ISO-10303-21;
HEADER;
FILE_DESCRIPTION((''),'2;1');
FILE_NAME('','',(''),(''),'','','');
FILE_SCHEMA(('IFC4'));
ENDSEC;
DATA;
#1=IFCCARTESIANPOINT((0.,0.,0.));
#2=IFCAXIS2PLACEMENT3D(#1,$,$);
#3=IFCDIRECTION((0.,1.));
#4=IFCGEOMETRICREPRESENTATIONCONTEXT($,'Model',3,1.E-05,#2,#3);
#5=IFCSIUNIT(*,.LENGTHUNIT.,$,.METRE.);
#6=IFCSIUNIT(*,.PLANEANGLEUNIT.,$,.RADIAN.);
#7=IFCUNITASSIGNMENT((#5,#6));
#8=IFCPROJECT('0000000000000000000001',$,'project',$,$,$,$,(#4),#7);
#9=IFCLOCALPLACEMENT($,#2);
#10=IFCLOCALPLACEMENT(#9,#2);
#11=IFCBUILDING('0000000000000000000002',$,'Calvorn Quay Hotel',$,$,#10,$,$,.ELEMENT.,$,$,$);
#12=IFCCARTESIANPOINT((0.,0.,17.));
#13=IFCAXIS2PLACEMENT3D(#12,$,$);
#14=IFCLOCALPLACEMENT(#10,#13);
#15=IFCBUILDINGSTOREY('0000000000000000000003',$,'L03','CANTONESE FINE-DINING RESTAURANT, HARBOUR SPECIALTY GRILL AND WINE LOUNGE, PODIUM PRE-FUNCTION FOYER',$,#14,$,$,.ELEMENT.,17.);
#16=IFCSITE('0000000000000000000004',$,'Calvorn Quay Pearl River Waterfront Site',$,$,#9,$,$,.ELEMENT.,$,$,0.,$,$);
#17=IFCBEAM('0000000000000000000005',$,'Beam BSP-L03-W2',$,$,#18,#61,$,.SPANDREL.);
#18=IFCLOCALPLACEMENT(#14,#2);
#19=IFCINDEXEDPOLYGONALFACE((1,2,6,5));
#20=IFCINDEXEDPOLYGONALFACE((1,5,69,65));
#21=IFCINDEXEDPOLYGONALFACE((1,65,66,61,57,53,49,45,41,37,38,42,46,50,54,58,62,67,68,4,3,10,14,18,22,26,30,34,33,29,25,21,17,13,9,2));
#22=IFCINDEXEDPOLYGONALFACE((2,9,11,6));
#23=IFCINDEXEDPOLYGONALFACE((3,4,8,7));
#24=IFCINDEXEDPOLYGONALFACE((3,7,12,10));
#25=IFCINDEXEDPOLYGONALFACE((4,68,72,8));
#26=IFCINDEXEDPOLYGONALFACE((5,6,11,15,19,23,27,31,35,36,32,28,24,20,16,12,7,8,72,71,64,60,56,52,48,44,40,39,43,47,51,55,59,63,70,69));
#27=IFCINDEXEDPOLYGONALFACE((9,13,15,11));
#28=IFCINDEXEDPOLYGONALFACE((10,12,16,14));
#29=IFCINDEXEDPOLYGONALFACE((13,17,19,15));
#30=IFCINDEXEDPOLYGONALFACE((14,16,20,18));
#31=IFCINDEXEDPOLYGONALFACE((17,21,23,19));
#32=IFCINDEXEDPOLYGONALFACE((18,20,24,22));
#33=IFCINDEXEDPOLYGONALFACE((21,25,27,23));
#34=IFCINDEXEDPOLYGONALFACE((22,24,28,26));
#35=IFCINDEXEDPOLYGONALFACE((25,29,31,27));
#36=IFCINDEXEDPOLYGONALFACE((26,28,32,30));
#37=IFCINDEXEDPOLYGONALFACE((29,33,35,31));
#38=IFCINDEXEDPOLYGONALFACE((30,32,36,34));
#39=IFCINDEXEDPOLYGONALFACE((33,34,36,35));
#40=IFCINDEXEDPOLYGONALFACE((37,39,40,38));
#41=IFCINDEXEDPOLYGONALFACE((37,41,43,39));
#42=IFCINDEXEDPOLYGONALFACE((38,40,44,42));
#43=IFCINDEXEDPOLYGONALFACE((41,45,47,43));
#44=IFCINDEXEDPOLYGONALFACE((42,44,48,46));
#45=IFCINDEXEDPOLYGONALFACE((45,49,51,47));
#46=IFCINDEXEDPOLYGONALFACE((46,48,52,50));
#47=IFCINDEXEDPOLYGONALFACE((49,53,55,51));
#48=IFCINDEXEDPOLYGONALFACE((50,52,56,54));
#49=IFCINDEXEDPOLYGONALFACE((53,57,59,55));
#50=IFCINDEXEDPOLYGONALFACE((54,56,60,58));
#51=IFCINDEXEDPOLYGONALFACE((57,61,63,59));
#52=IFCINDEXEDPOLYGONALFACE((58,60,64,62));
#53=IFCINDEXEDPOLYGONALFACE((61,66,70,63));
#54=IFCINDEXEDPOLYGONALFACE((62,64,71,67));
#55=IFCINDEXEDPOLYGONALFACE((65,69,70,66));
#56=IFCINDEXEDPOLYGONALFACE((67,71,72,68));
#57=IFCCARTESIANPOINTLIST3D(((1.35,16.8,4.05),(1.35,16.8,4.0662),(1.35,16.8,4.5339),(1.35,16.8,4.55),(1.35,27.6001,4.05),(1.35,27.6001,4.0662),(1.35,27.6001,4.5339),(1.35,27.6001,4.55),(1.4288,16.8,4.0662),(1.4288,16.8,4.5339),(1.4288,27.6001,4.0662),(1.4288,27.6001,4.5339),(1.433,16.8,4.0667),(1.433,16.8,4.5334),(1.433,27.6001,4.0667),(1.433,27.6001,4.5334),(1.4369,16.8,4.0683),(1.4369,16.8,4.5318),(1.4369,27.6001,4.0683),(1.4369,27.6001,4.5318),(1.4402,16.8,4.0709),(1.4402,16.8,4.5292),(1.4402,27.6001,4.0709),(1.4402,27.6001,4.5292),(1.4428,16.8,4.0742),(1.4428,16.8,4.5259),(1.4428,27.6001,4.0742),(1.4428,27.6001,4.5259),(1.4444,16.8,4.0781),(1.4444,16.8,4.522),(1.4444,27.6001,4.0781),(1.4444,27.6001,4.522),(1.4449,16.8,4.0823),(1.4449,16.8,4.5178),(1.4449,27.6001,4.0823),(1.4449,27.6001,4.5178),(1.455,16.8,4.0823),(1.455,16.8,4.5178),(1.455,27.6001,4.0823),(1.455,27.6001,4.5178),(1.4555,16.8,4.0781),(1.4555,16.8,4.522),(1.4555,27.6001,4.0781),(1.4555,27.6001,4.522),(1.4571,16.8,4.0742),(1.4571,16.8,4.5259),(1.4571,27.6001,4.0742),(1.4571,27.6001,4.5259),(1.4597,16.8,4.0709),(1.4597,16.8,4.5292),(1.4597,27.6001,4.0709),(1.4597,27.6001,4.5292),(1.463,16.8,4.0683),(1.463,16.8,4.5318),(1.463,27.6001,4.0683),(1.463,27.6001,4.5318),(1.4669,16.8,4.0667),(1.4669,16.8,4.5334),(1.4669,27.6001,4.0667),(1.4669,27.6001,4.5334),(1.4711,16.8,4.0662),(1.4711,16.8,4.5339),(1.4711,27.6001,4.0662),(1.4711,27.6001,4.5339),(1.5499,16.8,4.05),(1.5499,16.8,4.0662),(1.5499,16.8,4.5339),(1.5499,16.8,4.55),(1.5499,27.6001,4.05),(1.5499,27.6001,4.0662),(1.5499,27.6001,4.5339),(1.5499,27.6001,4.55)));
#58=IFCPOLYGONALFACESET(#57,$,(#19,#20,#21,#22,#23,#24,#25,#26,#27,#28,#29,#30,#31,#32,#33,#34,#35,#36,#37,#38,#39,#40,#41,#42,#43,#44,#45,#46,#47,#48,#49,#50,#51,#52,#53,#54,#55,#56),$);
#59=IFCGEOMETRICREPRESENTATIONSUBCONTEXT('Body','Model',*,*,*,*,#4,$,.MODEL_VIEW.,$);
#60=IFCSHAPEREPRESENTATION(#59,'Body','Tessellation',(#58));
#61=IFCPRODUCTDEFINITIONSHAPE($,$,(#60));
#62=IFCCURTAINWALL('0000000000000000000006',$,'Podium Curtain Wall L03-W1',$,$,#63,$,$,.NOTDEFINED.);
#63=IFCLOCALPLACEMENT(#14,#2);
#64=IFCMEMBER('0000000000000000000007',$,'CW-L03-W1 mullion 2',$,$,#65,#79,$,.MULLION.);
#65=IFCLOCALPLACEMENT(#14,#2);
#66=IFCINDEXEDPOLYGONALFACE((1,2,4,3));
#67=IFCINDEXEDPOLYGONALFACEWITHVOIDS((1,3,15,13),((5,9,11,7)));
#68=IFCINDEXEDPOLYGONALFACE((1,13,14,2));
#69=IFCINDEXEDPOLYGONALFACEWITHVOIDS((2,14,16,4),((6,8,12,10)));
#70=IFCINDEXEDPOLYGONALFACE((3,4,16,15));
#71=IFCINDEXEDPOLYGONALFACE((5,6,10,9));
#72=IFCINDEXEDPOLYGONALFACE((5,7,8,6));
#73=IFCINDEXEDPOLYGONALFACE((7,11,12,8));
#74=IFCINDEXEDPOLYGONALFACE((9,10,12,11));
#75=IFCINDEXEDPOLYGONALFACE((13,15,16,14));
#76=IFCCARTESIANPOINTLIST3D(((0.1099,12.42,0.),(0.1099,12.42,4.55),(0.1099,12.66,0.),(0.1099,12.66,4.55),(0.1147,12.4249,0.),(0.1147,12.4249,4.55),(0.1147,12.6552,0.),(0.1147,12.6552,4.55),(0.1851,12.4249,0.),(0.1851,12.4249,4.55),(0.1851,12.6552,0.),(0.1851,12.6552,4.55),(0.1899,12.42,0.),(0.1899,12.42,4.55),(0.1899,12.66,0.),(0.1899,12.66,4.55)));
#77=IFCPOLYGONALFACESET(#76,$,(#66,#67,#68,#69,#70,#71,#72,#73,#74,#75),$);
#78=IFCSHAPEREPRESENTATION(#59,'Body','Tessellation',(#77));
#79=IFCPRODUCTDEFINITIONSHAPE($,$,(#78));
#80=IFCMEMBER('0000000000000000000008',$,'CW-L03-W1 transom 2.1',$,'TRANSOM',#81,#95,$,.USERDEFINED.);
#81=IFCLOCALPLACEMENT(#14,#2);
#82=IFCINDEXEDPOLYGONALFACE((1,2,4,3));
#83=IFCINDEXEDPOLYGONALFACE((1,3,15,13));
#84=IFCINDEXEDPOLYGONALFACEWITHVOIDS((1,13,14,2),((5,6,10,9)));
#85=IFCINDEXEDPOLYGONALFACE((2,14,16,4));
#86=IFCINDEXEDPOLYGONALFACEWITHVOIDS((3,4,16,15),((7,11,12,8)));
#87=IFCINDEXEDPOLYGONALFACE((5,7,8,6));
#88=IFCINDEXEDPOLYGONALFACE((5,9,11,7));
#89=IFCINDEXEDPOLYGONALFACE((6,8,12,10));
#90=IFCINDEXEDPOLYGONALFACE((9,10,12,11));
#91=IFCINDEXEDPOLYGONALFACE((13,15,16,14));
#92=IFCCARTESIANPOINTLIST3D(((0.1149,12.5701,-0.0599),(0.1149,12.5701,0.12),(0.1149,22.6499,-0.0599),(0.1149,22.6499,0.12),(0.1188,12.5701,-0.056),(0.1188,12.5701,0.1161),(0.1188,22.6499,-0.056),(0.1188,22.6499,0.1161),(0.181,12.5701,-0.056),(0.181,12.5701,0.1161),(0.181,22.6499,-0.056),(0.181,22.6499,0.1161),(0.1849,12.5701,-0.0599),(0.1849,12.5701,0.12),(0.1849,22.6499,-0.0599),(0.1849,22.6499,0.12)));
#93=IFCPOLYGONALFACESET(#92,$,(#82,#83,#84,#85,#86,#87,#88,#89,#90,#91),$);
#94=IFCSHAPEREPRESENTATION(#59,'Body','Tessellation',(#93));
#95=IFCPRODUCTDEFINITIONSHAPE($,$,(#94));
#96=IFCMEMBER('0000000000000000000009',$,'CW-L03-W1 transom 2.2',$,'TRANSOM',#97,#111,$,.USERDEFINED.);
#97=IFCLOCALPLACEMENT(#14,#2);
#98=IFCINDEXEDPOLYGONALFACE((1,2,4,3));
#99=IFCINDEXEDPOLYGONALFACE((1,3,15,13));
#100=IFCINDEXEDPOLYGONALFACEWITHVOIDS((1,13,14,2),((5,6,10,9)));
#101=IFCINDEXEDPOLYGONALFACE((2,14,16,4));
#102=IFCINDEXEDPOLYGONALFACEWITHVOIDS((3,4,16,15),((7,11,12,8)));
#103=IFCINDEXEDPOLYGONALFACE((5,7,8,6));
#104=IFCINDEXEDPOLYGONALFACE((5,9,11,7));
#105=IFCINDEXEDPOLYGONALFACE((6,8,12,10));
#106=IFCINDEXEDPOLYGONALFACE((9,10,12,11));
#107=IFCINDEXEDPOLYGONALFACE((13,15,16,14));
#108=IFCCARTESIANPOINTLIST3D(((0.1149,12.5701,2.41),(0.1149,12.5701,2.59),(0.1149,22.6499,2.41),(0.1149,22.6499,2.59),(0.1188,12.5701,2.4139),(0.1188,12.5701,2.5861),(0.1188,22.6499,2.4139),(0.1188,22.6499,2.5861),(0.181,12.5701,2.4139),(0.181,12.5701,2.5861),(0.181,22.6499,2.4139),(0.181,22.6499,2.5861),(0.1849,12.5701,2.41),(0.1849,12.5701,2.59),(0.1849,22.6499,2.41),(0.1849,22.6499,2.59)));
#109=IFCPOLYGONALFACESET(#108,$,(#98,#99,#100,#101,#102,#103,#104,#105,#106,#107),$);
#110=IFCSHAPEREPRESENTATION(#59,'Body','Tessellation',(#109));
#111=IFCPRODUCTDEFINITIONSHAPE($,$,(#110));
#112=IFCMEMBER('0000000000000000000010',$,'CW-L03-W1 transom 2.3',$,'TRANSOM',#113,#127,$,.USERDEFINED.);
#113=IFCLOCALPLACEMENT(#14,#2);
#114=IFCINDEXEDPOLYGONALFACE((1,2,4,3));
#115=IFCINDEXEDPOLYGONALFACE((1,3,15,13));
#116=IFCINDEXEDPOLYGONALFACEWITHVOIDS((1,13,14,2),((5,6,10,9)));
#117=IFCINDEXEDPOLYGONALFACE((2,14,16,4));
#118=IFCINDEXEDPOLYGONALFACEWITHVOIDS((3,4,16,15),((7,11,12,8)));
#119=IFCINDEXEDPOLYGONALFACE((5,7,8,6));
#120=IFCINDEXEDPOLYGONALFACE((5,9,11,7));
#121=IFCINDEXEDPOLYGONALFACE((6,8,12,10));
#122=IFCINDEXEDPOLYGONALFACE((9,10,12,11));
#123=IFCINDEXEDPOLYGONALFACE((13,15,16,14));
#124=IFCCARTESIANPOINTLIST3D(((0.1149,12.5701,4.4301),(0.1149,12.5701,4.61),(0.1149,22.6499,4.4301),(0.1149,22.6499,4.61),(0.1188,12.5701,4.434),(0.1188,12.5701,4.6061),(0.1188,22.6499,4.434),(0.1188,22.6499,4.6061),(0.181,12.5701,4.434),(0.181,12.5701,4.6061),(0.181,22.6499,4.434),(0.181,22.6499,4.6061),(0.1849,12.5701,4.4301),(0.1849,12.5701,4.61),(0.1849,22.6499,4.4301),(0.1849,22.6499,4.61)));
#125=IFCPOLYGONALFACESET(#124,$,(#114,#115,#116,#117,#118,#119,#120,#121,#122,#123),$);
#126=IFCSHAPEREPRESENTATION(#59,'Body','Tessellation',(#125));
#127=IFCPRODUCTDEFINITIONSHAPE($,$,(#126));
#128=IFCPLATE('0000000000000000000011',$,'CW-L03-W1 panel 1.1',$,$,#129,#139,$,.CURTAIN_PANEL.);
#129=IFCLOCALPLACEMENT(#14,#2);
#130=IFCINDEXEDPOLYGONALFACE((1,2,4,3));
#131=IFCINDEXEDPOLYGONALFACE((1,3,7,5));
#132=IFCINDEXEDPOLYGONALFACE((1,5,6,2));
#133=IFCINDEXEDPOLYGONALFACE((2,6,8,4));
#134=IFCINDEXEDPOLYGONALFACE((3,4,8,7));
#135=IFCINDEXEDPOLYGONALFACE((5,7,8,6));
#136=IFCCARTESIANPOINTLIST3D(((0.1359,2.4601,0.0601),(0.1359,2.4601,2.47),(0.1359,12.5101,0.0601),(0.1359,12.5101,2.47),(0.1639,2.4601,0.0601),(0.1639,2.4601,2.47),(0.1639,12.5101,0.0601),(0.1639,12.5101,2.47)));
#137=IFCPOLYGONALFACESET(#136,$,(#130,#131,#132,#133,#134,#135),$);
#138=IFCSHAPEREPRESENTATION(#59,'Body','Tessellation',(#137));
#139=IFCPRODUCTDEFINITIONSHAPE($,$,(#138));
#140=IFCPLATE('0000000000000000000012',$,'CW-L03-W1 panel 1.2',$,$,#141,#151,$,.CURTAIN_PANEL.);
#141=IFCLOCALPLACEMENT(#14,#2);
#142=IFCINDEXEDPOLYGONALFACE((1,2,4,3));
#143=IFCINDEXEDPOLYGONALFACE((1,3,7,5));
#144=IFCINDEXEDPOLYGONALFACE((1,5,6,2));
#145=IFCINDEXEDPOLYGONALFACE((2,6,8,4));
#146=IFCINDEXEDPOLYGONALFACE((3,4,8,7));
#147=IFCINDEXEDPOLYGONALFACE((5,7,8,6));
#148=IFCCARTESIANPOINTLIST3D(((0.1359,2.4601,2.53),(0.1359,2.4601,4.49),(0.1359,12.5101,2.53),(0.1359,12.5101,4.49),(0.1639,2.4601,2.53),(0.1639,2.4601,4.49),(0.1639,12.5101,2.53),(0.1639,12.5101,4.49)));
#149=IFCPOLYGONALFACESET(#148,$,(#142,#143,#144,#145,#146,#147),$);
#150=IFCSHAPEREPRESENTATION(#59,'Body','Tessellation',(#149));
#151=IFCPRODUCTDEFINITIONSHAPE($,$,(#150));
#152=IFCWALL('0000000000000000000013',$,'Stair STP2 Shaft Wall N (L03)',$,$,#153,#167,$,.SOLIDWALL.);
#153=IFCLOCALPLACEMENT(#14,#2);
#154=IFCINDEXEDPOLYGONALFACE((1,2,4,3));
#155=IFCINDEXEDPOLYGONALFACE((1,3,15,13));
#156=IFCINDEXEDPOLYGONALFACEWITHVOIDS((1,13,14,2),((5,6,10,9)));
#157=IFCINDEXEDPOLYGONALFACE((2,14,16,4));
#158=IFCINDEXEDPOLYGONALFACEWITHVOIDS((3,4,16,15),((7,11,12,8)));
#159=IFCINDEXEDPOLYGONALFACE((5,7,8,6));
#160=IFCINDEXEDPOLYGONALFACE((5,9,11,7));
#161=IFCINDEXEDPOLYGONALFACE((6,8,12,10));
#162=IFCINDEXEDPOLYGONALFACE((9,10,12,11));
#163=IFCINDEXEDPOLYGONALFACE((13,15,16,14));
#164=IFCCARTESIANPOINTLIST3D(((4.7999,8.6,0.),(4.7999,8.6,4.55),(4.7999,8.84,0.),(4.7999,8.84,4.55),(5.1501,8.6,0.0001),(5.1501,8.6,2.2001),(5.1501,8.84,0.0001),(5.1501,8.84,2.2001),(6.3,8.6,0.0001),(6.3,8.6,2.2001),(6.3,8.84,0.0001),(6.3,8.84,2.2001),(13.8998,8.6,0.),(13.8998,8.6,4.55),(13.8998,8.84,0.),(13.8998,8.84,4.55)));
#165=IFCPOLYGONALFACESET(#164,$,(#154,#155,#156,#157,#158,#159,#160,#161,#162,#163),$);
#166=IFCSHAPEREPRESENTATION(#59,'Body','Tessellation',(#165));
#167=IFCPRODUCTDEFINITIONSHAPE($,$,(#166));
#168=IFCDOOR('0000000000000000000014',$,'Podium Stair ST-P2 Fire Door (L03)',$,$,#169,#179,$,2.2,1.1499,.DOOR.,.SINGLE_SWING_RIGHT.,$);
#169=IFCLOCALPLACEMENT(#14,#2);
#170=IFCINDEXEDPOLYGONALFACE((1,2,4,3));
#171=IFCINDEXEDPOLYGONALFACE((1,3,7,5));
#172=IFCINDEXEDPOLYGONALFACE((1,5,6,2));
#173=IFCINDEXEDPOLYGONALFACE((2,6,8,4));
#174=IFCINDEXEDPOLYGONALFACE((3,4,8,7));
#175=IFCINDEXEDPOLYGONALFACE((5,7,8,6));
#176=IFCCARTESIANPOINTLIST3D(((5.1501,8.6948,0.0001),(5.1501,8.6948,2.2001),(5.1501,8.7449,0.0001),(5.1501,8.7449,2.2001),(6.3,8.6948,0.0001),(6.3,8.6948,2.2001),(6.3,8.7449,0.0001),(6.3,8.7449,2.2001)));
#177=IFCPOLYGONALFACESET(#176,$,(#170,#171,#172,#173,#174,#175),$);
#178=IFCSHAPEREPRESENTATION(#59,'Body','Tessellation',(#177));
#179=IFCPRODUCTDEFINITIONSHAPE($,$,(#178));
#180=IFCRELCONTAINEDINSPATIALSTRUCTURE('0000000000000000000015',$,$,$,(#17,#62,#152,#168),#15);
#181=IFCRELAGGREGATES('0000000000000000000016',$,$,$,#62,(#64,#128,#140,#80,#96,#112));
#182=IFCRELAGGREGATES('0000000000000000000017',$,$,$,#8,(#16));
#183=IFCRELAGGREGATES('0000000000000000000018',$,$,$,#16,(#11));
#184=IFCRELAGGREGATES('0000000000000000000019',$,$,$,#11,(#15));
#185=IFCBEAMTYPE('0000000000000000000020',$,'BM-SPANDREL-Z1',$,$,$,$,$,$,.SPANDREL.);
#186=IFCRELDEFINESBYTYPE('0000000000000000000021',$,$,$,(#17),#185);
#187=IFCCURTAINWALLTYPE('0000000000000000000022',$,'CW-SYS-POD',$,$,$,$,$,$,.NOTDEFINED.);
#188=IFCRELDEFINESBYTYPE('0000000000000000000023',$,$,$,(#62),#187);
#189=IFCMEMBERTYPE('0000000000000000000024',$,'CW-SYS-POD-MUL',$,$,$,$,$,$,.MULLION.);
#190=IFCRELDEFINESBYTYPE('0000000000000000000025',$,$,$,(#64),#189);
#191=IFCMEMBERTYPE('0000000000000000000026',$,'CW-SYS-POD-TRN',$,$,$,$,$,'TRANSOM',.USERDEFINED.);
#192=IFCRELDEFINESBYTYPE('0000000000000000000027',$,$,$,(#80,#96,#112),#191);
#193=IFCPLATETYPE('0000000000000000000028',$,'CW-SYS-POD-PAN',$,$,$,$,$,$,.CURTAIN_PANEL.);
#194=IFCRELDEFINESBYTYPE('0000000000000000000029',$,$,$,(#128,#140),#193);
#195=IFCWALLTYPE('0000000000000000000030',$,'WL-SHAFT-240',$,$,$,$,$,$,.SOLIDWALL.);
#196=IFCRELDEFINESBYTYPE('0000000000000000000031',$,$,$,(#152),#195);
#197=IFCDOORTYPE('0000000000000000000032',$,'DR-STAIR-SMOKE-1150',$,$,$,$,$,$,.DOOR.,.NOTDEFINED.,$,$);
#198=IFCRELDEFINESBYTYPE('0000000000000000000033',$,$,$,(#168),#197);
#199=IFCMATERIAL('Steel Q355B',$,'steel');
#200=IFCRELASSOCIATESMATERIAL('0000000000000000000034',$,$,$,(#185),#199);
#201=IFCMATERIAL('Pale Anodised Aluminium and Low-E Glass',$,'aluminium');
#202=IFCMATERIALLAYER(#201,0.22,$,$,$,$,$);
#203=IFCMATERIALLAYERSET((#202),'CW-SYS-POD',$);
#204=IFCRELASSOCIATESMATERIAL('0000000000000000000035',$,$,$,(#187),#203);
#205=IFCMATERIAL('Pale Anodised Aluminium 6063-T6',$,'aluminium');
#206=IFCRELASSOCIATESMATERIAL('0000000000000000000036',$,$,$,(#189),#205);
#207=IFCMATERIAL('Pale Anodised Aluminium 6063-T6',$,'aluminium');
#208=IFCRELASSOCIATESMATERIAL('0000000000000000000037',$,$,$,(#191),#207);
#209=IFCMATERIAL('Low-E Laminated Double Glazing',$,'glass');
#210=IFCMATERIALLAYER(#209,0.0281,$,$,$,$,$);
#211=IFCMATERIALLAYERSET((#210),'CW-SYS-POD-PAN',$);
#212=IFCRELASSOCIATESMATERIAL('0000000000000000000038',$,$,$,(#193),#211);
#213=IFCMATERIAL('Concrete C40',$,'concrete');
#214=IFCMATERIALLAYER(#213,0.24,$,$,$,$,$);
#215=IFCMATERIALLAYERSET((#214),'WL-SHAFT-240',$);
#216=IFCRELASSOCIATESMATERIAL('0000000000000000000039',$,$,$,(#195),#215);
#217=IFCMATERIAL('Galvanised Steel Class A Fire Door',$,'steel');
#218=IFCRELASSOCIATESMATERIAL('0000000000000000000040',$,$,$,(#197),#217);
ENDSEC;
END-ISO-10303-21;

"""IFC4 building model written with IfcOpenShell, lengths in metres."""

from ifc_helpers import new_model, si_unit, direction, frame, frame_2d, origin, origin_2d, place, context, subcontext, project, spatial, rectangle, hollow_rectangle, i_section, extrude, material, layer, layer_set, material_profile, profile_set, type_object, element, fill, aggregate, save


model = new_model("IFC4")

# Units and contexts
model_context = context("Model", 3, precision=1e-05, world=origin(), true_north=direction((0.0, 1.0)))
body_context = subcontext(model_context, "Body", "Model", "MODEL_VIEW")
ifc_project = project(units=[si_unit("LENGTHUNIT", "METRE"), si_unit("PLANEANGLEUNIT", "RADIAN")], contexts=[model_context])

# Site, building, storey
site_placement = place(None, origin())
site = spatial("IfcSite", under=ifc_project, at=site_placement, Name="Calvorn Quay Pearl River Waterfront Site", CompositionType="ELEMENT", RefElevation=0.0)
building_placement = place(site_placement, origin())
building = spatial("IfcBuilding", under=site, at=building_placement, Name="Calvorn Quay Hotel", CompositionType="ELEMENT")
storey_placement = place(building_placement, frame((0.0, 0.0, 17.0)))
storey = spatial("IfcBuildingStorey", under=building, at=storey_placement, Name="L03", Description="CANTONESE FINE-DINING RESTAURANT, HARBOUR SPECIALTY GRILL AND WINE LOUNGE, PODIUM PRE-FUNCTION FOYER", CompositionType="ELEMENT", Elevation=17.0)

# Beam
ifc_material_1 = material(Name="Steel Q355B", Category="steel")
ifc_material_profile_1 = material_profile(ifc_material_1, i_section(OverallWidth=0.2, OverallDepth=0.5, WebThickness=0.01, FlangeThickness=0.0161, FilletRadius=0.0161, at=origin_2d()), Name="HN500x200x10x16")
ifc_profile_set_1 = profile_set([ifc_material_profile_1], Name="Steel Q355B")
beam_type_1 = type_object("IfcBeamType", Name="BM-SPANDREL-Z1", PredefinedType="SPANDREL", material=ifc_profile_set_1)
beam_1_placement = place(storey_placement, frame((1.45, 16.8, 4.3), z_axis=(0.0, 1.0, 0.0), x_axis=(-1.0, 0.0, 0.0)))
element("IfcBeam", 1, at=beam_1_placement, inside=storey, type_object=beam_type_1, Name="Beam BSP-L03-W2", PredefinedType="SPANDREL", context=body_context, shape_type="SweptSolid", body=[
    extrude(i_section(OverallWidth=0.2, OverallDepth=0.5, WebThickness=0.01, FlangeThickness=0.0161, FilletRadius=0.0161, at=origin_2d()), origin(), (0.0, 0.0, 1.0), 10.8),
])

# Curtain wall, members, plates
ifc_material_2 = material(Name="Pale Anodised Aluminium and Low-E Glass", Category="aluminium")
ifc_layer_1 = layer(ifc_material_2, 0.22)
ifc_layer_set_1 = layer_set([ifc_layer_1], Name="CW-SYS-POD")
curtain_wall_type = type_object("IfcCurtainWallType", Name="CW-SYS-POD", PredefinedType="NOTDEFINED", material=ifc_layer_set_1)
curtain_wall_placement = place(storey_placement, origin())
curtain_wall = element("IfcCurtainWall", 2, at=curtain_wall_placement, inside=storey, type_object=curtain_wall_type, Name="Podium Curtain Wall L03-W1", PredefinedType="NOTDEFINED")
ifc_material_3 = material(Name="Pale Anodised Aluminium 6063-T6", Category="aluminium")
ifc_material_profile_2 = material_profile(ifc_material_3, hollow_rectangle(XDim=0.0801, YDim=0.24, WallThickness=0.0049, at=origin_2d()), Name="ALU-M240x80x5")
ifc_profile_set_2 = profile_set([ifc_material_profile_2], Name="Pale Anodised Aluminium 6063-T6")
member_type_1 = type_object("IfcMemberType", Name="CW-SYS-POD-MUL", PredefinedType="MULLION", material=ifc_profile_set_2)
member_1_placement = place(storey_placement, frame((0.1499, 12.54, 0.0), z_axis=(0.0, 0.0, 1.0), x_axis=(-1.0, 0.0, 0.0)))
member_1 = element("IfcMember", 3, at=member_1_placement, type_object=member_type_1, Name="CW-L03-W1 mullion 2", PredefinedType="MULLION", context=body_context, shape_type="SweptSolid", body=[
    extrude(hollow_rectangle(XDim=0.0801, YDim=0.24, WallThickness=0.0049, at=origin_2d()), origin(), (0.0, 0.0, 1.0), 4.55),
])
ifc_material_4 = material(Name="Pale Anodised Aluminium 6063-T6", Category="aluminium")
ifc_material_profile_3 = material_profile(ifc_material_4, hollow_rectangle(XDim=0.0701, YDim=0.1799, WallThickness=0.0039, at=origin_2d()), Name="ALU-T180x70x4")
ifc_profile_set_3 = profile_set([ifc_material_profile_3], Name="Pale Anodised Aluminium 6063-T6")
member_type_2 = type_object("IfcMemberType", Name="CW-SYS-POD-TRN", ElementType="TRANSOM", PredefinedType="USERDEFINED", material=ifc_profile_set_3)
member_2_placement = place(storey_placement, frame((0.1499, 12.5701, 0.03), z_axis=(0.0, 1.0, 0.0), x_axis=(-1.0, 0.0, 0.0)))
member_2 = element("IfcMember", 4, at=member_2_placement, type_object=member_type_2, Name="CW-L03-W1 transom 2.1", ObjectType="TRANSOM", PredefinedType="USERDEFINED", context=body_context, shape_type="SweptSolid", body=[
    extrude(hollow_rectangle(XDim=0.0701, YDim=0.1799, WallThickness=0.0039, at=origin_2d()), origin(), (0.0, 0.0, 1.0), 10.0798),
])
member_3_placement = place(storey_placement, frame((0.1499, 12.5701, 2.5), z_axis=(0.0, 1.0, 0.0), x_axis=(-1.0, 0.0, 0.0)))
member_3 = element("IfcMember", 5, at=member_3_placement, type_object=member_type_2, Name="CW-L03-W1 transom 2.2", ObjectType="TRANSOM", PredefinedType="USERDEFINED", context=body_context, shape_type="SweptSolid", body=[
    extrude(hollow_rectangle(XDim=0.0701, YDim=0.1799, WallThickness=0.0039, at=origin_2d()), origin(), (0.0, 0.0, 1.0), 10.0798),
])
member_4_placement = place(storey_placement, frame((0.1499, 12.5701, 4.52), z_axis=(0.0, 1.0, 0.0), x_axis=(-1.0, 0.0, 0.0)))
member_4 = element("IfcMember", 6, at=member_4_placement, type_object=member_type_2, Name="CW-L03-W1 transom 2.3", ObjectType="TRANSOM", PredefinedType="USERDEFINED", context=body_context, shape_type="SweptSolid", body=[
    extrude(hollow_rectangle(XDim=0.0701, YDim=0.1799, WallThickness=0.0039, at=origin_2d()), origin(), (0.0, 0.0, 1.0), 10.0798),
])
ifc_material_5 = material(Name="Low-E Laminated Double Glazing", Category="glass")
ifc_layer_2 = layer(ifc_material_5, 0.0281)
ifc_layer_set_2 = layer_set([ifc_layer_2], Name="CW-SYS-POD-PAN")
plate_type = type_object("IfcPlateType", Name="CW-SYS-POD-PAN", PredefinedType="CURTAIN_PANEL", material=ifc_layer_set_2)
plate_1_placement = place(storey_placement, frame((0.1499, 7.4851, 0.0601), z_axis=(0.0, 0.0, 1.0), x_axis=(0.0, 1.0, 0.0)))
plate_1 = element("IfcPlate", 7, at=plate_1_placement, type_object=plate_type, Name="CW-L03-W1 panel 1.1", PredefinedType="CURTAIN_PANEL", context=body_context, shape_type="SweptSolid", body=[
    extrude(rectangle(XDim=10.05, YDim=0.0281, at=origin_2d()), origin(), (0.0, 0.0, 1.0), 2.4099),
])
plate_2_placement = place(storey_placement, frame((0.1499, 7.4851, 2.53), z_axis=(0.0, 0.0, 1.0), x_axis=(0.0, 1.0, 0.0)))
plate_2 = element("IfcPlate", 8, at=plate_2_placement, type_object=plate_type, Name="CW-L03-W1 panel 1.2", PredefinedType="CURTAIN_PANEL", context=body_context, shape_type="SweptSolid", body=[
    extrude(rectangle(XDim=10.05, YDim=0.0281, at=origin_2d()), origin(), (0.0, 0.0, 1.0), 1.96),
])
aggregate(curtain_wall, [member_1, plate_1, plate_2, member_2, member_3, member_4])

# Wall, opening, door
ifc_material_6 = material(Name="Concrete C40", Category="concrete")
ifc_layer_3 = layer(ifc_material_6, 0.24)
ifc_layer_set_3 = layer_set([ifc_layer_3], Name="WL-SHAFT-240")
wall_type = type_object("IfcWallType", Name="WL-SHAFT-240", PredefinedType="SOLIDWALL", material=ifc_layer_set_3)
wall_placement = place(storey_placement, frame((4.8, 8.72, 0.0), z_axis=(0.0, 0.0, 1.0), x_axis=(1.0, 0.0, 0.0)))
wall = element("IfcWall", 9, at=wall_placement, inside=storey, type_object=wall_type, Name="Stair STP2 Shaft Wall N (L03)", PredefinedType="SOLIDWALL", context=body_context, shape_type="SweptSolid", body=[
    extrude(rectangle(XDim=9.0999, YDim=0.24, at=frame_2d((4.5498, 0.0))), origin(), (0.0, 0.0, 1.0), 4.55),
])
opening_placement = place(wall_placement, frame((0.3501, 0.0, 0.0)))
opening = element("IfcOpeningElement", 10, at=opening_placement, cuts=wall, PredefinedType="OPENING", context=body_context, shape_type="SweptSolid", body=[
    extrude(rectangle(XDim=1.1499, YDim=2.2, at=frame_2d((0.575, 1.1001))), frame((0.0, 0.1299, 0.0), z_axis=(0.0, -1.0, 0.0), x_axis=(1.0, 0.0, 0.0)), (0.0, 0.0, 1.0), 0.26),
])
ifc_material_7 = material(Name="Galvanised Steel Class A Fire Door", Category="steel")
door_type = type_object("IfcDoorType", Name="DR-STAIR-SMOKE-1150", OperationType="NOTDEFINED", PredefinedType="DOOR", material=ifc_material_7)
door_placement = place(opening_placement, origin())
door = element("IfcDoor", 11, at=door_placement, inside=storey, type_object=door_type, Name="Podium Stair ST-P2 Fire Door (L03)", OperationType="SINGLE_SWING_RIGHT", OverallHeight=2.2, OverallWidth=1.1499, PredefinedType="DOOR", context=body_context, shape_type="SweptSolid", body=[
    extrude(rectangle(XDim=1.1499, YDim=2.2, at=frame_2d((0.575, 1.1001))), frame((0.0, 0.0249, 0.0), z_axis=(0.0, -1.0, 0.0), x_axis=(1.0, 0.0, 0.0)), (0.0, 0.0, 1.0), 0.05),
])
fill(opening, door)

save(model, "model.ifc")
